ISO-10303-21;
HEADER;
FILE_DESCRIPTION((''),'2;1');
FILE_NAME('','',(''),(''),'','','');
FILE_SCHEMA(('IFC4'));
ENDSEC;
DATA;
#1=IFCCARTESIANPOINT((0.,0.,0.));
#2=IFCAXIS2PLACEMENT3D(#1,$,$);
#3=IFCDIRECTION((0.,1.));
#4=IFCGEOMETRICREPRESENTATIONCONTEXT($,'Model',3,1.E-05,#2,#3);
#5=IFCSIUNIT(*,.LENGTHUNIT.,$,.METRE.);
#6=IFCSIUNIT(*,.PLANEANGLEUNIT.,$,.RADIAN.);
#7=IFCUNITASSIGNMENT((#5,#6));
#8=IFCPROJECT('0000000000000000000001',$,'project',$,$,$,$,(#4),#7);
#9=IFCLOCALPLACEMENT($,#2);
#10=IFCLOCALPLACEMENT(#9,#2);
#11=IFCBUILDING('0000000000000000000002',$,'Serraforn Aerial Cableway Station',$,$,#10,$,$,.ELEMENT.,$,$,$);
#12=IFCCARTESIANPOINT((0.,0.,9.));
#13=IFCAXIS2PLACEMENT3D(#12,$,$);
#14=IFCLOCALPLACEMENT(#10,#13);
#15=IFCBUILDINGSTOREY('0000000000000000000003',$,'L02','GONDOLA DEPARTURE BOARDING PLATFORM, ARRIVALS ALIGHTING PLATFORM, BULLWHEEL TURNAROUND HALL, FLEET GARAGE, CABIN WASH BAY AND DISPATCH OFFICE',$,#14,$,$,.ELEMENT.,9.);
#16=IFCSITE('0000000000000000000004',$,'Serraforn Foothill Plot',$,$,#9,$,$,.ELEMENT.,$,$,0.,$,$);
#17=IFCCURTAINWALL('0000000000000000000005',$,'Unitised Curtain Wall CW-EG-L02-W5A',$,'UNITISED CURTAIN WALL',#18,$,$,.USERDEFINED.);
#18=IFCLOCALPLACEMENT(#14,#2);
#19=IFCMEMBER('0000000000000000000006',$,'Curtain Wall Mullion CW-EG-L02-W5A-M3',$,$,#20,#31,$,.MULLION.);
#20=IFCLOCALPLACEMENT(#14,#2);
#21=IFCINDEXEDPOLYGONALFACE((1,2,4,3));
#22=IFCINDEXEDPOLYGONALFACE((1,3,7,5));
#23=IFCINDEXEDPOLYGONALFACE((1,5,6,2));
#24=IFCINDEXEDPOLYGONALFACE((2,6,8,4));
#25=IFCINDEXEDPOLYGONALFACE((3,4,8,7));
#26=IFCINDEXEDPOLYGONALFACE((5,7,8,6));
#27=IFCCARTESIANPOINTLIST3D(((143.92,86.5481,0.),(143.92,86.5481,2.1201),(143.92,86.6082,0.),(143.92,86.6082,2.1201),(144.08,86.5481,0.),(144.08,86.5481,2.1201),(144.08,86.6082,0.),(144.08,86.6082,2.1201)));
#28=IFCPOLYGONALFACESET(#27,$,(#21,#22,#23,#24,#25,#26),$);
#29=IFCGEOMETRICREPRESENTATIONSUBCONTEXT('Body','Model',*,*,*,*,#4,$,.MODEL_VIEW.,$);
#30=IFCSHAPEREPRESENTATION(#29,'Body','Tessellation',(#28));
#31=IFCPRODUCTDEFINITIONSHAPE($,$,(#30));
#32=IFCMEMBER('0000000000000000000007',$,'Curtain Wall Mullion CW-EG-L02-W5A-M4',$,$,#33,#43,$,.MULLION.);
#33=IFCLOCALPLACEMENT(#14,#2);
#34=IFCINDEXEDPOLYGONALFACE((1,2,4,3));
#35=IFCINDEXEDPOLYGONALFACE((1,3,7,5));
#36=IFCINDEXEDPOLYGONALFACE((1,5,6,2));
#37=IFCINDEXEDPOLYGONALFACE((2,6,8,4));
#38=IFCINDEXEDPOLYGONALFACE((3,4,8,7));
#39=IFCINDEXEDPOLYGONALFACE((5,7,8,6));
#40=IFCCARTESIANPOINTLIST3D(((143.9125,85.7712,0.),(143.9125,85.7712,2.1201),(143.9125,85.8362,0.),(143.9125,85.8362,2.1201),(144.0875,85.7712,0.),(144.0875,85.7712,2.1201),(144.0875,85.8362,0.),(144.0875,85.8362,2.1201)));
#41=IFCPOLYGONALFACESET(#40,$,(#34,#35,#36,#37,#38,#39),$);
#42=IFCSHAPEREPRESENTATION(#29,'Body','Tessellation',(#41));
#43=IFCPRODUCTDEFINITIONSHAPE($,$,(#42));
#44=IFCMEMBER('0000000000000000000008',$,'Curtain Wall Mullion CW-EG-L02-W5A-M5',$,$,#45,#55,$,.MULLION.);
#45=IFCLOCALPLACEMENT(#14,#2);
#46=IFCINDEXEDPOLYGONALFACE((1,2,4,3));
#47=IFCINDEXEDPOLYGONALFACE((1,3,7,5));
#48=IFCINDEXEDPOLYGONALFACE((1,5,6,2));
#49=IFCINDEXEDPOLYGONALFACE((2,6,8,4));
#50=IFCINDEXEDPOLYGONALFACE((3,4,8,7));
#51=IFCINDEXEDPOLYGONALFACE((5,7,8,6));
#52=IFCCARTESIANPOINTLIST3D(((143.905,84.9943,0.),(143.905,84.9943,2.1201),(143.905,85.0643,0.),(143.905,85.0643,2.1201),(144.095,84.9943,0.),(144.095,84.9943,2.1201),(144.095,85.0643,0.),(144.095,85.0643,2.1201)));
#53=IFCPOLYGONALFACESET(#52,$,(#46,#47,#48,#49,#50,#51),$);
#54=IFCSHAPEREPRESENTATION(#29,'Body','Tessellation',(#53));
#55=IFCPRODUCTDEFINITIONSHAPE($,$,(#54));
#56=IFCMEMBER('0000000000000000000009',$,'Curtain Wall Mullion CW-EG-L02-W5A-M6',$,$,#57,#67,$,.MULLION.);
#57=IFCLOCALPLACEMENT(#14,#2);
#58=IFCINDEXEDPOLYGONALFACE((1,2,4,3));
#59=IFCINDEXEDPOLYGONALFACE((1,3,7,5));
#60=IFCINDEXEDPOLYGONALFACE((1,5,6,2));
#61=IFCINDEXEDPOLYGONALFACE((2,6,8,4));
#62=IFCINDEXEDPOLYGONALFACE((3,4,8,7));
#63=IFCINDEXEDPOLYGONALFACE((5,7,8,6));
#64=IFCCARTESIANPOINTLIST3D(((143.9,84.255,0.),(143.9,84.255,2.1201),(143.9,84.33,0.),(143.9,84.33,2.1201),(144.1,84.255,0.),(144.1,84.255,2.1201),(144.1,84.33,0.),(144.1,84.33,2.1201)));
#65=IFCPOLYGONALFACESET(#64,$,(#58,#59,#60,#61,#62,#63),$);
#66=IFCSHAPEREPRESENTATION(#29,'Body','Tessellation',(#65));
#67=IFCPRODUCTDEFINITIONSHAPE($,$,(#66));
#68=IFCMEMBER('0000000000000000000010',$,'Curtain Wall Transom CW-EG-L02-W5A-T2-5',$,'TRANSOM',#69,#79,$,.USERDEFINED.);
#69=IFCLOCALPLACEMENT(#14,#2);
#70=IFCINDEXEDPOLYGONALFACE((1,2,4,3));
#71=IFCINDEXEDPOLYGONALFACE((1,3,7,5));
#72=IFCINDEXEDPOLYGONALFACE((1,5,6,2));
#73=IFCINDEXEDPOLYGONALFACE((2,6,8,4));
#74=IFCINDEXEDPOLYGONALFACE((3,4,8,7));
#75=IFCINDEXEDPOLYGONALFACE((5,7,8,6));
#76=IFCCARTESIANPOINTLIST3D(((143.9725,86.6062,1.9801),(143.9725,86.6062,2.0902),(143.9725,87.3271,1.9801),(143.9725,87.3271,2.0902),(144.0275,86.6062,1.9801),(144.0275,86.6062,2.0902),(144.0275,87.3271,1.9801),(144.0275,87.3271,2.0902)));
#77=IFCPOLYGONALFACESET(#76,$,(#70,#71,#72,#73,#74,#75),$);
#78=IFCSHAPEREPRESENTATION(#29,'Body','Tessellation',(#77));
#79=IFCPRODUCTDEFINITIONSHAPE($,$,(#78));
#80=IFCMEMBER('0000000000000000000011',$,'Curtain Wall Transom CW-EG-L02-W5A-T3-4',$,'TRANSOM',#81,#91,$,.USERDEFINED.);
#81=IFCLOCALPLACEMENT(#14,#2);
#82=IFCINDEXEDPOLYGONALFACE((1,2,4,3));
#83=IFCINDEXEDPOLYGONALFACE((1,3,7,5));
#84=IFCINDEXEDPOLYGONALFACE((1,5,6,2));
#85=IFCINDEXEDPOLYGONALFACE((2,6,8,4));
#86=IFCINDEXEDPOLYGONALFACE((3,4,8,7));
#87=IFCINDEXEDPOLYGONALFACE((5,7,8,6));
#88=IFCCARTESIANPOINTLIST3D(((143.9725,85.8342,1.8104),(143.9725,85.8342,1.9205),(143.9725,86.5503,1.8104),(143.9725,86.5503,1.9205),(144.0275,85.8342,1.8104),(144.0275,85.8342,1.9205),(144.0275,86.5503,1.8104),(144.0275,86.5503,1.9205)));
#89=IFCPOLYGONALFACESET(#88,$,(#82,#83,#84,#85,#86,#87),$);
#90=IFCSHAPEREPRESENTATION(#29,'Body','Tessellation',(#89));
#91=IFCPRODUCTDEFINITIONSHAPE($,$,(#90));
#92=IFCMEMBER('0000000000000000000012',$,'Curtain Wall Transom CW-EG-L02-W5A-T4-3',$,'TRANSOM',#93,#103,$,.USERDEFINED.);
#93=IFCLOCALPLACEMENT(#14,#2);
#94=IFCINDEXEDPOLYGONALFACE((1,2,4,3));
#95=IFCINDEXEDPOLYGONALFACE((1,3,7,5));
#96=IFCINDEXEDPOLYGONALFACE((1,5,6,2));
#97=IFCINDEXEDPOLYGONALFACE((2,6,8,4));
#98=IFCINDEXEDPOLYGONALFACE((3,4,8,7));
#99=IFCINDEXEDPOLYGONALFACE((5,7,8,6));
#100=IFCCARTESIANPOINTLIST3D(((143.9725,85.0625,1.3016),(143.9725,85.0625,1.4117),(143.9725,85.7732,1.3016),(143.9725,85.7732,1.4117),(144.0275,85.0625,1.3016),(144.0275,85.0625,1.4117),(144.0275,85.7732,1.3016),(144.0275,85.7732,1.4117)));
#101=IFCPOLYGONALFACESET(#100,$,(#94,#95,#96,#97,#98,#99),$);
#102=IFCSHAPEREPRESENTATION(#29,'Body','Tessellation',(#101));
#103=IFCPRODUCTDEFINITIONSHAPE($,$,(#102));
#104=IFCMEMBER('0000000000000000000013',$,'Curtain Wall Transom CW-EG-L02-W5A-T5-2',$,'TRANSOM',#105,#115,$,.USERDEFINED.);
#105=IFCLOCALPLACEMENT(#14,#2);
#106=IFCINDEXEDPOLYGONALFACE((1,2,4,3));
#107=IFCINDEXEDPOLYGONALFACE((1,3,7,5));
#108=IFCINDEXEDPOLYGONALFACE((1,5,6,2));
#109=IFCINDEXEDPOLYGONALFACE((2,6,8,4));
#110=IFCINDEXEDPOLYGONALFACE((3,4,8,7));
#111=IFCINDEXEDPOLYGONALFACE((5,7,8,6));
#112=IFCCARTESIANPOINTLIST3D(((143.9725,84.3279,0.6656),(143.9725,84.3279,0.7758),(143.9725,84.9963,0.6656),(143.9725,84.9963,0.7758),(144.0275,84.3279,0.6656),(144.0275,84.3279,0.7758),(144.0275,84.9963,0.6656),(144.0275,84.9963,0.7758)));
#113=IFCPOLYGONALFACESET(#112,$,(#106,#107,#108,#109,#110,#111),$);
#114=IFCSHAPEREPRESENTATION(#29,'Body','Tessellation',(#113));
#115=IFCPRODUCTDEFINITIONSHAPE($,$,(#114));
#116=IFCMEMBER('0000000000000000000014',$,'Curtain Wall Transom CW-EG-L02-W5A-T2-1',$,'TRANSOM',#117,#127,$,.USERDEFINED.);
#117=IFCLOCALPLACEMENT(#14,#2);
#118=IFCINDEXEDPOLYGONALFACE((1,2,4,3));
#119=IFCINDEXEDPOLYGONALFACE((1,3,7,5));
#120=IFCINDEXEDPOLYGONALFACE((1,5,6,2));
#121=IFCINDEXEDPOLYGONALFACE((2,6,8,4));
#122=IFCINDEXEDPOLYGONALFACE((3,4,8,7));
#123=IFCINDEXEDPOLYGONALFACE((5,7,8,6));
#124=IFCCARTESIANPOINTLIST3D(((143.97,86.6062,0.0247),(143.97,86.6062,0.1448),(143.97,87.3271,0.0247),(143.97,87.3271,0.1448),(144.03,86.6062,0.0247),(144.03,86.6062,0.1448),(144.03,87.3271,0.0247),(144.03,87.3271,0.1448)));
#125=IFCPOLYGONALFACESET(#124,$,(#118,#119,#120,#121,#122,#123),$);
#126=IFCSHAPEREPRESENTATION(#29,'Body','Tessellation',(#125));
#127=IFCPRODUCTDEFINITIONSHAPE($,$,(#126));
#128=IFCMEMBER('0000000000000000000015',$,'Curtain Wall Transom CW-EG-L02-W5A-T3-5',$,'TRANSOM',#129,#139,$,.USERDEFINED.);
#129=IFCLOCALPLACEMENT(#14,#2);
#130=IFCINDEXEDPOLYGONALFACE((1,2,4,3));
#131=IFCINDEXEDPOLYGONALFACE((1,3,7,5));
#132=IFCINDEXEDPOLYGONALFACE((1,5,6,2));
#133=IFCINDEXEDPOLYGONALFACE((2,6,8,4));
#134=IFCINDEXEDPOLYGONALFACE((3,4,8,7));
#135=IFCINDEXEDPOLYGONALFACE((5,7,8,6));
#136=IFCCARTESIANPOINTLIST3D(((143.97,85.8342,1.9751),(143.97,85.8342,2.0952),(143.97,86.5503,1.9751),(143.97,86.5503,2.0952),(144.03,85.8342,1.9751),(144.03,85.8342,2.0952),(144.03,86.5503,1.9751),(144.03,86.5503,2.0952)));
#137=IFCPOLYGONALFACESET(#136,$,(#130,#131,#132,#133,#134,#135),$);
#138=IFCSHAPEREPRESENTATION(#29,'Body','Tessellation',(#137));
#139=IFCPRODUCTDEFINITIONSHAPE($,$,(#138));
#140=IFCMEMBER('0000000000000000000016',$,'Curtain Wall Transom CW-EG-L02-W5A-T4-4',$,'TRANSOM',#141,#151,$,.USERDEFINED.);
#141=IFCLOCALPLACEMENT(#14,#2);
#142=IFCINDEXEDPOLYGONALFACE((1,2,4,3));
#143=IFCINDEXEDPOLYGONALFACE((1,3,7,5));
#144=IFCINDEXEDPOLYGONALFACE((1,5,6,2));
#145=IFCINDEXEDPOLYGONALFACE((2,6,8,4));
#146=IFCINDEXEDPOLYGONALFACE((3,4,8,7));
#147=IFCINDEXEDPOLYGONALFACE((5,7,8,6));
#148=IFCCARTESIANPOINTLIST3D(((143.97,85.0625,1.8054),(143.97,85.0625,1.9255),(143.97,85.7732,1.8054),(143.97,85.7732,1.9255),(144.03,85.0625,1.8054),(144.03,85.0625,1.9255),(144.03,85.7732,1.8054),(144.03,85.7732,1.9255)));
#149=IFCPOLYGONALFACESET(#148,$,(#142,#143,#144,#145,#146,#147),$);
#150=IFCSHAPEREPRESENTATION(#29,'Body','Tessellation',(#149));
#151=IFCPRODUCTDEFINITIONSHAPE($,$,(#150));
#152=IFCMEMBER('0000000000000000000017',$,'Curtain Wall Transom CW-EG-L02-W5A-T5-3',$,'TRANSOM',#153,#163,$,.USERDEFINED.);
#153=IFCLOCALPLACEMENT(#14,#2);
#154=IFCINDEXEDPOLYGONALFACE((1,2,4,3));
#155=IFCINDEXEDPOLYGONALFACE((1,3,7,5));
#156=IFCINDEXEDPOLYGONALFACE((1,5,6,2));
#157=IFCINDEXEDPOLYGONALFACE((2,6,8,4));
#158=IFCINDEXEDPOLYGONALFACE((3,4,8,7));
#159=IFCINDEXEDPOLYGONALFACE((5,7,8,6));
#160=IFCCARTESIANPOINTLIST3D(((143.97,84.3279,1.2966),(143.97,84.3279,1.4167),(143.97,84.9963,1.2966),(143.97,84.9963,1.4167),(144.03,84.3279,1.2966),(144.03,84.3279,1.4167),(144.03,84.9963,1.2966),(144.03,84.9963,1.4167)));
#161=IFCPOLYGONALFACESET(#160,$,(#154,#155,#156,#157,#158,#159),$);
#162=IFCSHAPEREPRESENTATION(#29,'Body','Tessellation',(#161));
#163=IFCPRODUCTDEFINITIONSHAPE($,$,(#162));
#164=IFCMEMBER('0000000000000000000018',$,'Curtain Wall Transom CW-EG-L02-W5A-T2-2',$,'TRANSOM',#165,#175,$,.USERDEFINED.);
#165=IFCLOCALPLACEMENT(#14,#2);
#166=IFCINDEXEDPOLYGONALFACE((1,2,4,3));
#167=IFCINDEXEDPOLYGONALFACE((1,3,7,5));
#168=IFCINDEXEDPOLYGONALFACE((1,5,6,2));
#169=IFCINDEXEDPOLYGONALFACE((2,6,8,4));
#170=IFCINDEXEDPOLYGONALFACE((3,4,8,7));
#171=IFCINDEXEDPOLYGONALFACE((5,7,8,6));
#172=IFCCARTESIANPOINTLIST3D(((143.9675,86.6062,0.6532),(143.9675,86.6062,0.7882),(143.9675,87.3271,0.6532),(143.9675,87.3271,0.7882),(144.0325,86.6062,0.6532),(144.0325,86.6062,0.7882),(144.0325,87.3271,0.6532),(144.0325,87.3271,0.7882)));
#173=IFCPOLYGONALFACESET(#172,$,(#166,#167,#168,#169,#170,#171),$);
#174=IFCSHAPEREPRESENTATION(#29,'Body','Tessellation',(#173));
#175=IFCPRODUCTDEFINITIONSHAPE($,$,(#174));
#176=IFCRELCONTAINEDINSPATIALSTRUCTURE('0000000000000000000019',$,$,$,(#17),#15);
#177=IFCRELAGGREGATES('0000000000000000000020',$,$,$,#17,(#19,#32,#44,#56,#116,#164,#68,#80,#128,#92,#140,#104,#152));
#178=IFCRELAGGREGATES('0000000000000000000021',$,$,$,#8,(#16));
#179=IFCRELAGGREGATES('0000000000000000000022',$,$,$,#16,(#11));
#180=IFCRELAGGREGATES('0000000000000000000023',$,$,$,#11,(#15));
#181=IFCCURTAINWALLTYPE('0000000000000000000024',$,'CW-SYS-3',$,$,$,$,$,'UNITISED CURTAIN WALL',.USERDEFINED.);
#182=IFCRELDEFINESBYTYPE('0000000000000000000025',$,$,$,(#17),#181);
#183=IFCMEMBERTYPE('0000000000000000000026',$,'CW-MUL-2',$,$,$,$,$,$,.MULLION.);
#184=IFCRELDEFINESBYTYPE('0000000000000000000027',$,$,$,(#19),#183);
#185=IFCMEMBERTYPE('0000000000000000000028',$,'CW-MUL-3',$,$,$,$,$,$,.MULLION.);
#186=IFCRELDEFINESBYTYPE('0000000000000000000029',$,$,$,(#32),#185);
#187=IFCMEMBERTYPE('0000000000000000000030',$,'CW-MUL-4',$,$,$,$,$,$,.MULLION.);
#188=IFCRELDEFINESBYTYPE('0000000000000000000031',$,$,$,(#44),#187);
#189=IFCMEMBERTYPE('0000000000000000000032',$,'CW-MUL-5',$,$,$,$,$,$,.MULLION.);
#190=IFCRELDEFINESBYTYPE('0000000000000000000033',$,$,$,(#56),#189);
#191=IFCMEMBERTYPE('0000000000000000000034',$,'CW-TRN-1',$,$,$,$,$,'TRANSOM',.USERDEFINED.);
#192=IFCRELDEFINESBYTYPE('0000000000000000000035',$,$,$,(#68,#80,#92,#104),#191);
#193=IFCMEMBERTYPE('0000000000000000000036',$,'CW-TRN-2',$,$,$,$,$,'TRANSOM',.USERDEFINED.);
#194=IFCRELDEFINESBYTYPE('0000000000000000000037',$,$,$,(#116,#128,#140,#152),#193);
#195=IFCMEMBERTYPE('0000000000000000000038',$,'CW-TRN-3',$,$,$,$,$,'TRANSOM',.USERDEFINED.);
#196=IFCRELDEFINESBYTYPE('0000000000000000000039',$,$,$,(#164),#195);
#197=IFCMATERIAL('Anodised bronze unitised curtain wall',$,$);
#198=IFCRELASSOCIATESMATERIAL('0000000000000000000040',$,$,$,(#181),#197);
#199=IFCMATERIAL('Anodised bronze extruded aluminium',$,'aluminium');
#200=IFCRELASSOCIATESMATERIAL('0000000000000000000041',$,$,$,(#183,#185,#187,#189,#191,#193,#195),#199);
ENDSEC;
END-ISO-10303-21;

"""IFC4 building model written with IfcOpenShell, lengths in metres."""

from ifc_helpers import new_model, si_unit, direction, frame, origin, origin_2d, place, context, subcontext, project, spatial, rectangle, extrude, material, material_profile, profile_set, type_object, element, aggregate, save


model = new_model("IFC4")

# Units and contexts
model_context = context("Model", 3, precision=1e-05, world=origin(), true_north=direction((0.0, 1.0)))
body_context = subcontext(model_context, "Body", "Model", "MODEL_VIEW")
ifc_project = project(units=[si_unit("LENGTHUNIT", "METRE"), si_unit("PLANEANGLEUNIT", "RADIAN")], contexts=[model_context])

# Site, building, storey
site_placement = place(None, origin())
site = spatial("IfcSite", under=ifc_project, at=site_placement, Name="Serraforn Foothill Plot", CompositionType="ELEMENT", RefElevation=0.0)
building_placement = place(site_placement, origin())
building = spatial("IfcBuilding", under=site, at=building_placement, Name="Serraforn Aerial Cableway Station", CompositionType="ELEMENT")
storey_placement = place(building_placement, frame((0.0, 0.0, 9.0)))
storey = spatial("IfcBuildingStorey", under=building, at=storey_placement, Name="L02", Description="GONDOLA DEPARTURE BOARDING PLATFORM, ARRIVALS ALIGHTING PLATFORM, BULLWHEEL TURNAROUND HALL, FLEET GARAGE, CABIN WASH BAY AND DISPATCH OFFICE", CompositionType="ELEMENT", Elevation=9.0)

# Curtain wall, members
ifc_material_1 = material(Name="Anodised bronze unitised curtain wall")
curtain_wall_type = type_object("IfcCurtainWallType", Name="CW-SYS-3", ElementType="UNITISED CURTAIN WALL", PredefinedType="USERDEFINED", material=ifc_material_1)
curtain_wall_placement = place(storey_placement, origin())
curtain_wall = element("IfcCurtainWall", 1, at=curtain_wall_placement, inside=storey, type_object=curtain_wall_type, Name="Unitised Curtain Wall CW-EG-L02-W5A", ObjectType="UNITISED CURTAIN WALL", PredefinedType="USERDEFINED")
ifc_material_2 = material(Name="Anodised bronze extruded aluminium", Category="aluminium")
ifc_material_profile_1 = material_profile(ifc_material_2, rectangle(XDim=0.0601, YDim=0.1599, at=origin_2d()), Name="CW MULLION 60x160")
ifc_profile_set_1 = profile_set([ifc_material_profile_1], Name="Anodised bronze extruded aluminium")
member_type_1 = type_object("IfcMemberType", Name="CW-MUL-2", PredefinedType="MULLION", material=ifc_profile_set_1)
member_1_placement = place(storey_placement, frame((144.0, 86.5781, 0.0), z_axis=(0.0, 0.0, 1.0), x_axis=(0.0, -1.0, 0.0)))
member_1 = element("IfcMember", 2, at=member_1_placement, type_object=member_type_1, Name="Curtain Wall Mullion CW-EG-L02-W5A-M3", PredefinedType="MULLION", context=body_context, shape_type="SweptSolid", body=[
    extrude(rectangle(XDim=0.0601, YDim=0.1599, at=origin_2d()), origin(), (0.0, 0.0, 1.0), 2.1201),
])
ifc_material_profile_2 = material_profile(ifc_material_2, rectangle(XDim=0.0649, YDim=0.175, at=origin_2d()), Name="CW MULLION 65x175")
ifc_profile_set_2 = profile_set([ifc_material_profile_2], Name="Anodised bronze extruded aluminium")
member_type_2 = type_object("IfcMemberType", Name="CW-MUL-3", PredefinedType="MULLION", material=ifc_profile_set_2)
member_2_placement = place(storey_placement, frame((144.0, 85.8037, 0.0), z_axis=(0.0, 0.0, 1.0), x_axis=(0.0, -1.0, 0.0)))
member_2 = element("IfcMember", 3, at=member_2_placement, type_object=member_type_2, Name="Curtain Wall Mullion CW-EG-L02-W5A-M4", PredefinedType="MULLION", context=body_context, shape_type="SweptSolid", body=[
    extrude(rectangle(XDim=0.0649, YDim=0.175, at=origin_2d()), origin(), (0.0, 0.0, 1.0), 2.1201),
])
ifc_material_profile_3 = material_profile(ifc_material_2, rectangle(XDim=0.0701, YDim=0.1899, at=origin_2d()), Name="CW MULLION 70x190")
ifc_profile_set_3 = profile_set([ifc_material_profile_3], Name="Anodised bronze extruded aluminium")
member_type_3 = type_object("IfcMemberType", Name="CW-MUL-4", PredefinedType="MULLION", material=ifc_profile_set_3)
member_3_placement = place(storey_placement, frame((144.0, 85.0293, 0.0), z_axis=(0.0, 0.0, 1.0), x_axis=(0.0, -1.0, 0.0)))
member_3 = element("IfcMember", 4, at=member_3_placement, type_object=member_type_3, Name="Curtain Wall Mullion CW-EG-L02-W5A-M5", PredefinedType="MULLION", context=body_context, shape_type="SweptSolid", body=[
    extrude(rectangle(XDim=0.0701, YDim=0.1899, at=origin_2d()), origin(), (0.0, 0.0, 1.0), 2.1201),
])
ifc_material_profile_4 = material_profile(ifc_material_2, rectangle(XDim=0.075, YDim=0.2, at=origin_2d()), Name="CW MULLION 75x200")
ifc_profile_set_4 = profile_set([ifc_material_profile_4], Name="Anodised bronze extruded aluminium")
member_type_4 = type_object("IfcMemberType", Name="CW-MUL-5", PredefinedType="MULLION", material=ifc_profile_set_4)
member_4_placement = place(storey_placement, frame((144.0, 84.2925, 0.0), z_axis=(0.0, 0.0, 1.0), x_axis=(0.0, -1.0, 0.0)))
member_4 = element("IfcMember", 5, at=member_4_placement, type_object=member_type_4, Name="Curtain Wall Mullion CW-EG-L02-W5A-M6", PredefinedType="MULLION", context=body_context, shape_type="SweptSolid", body=[
    extrude(rectangle(XDim=0.075, YDim=0.2, at=origin_2d()), origin(), (0.0, 0.0, 1.0), 2.1201),
])
ifc_material_profile_5 = material_profile(ifc_material_2, rectangle(XDim=0.0549, YDim=0.1101, at=origin_2d()), Name="CW TRANSOM 55x110")
ifc_profile_set_5 = profile_set([ifc_material_profile_5], Name="Anodised bronze extruded aluminium")
member_type_5 = type_object("IfcMemberType", Name="CW-TRN-1", ElementType="TRANSOM", PredefinedType="USERDEFINED", material=ifc_profile_set_5)
member_5_placement = place(storey_placement, frame((144.0, 87.3271, 2.0352), z_axis=(0.0, -1.0, 0.0), x_axis=(1.0, 0.0, 0.0)))
member_5 = element("IfcMember", 6, at=member_5_placement, type_object=member_type_5, Name="Curtain Wall Transom CW-EG-L02-W5A-T2-5", ObjectType="TRANSOM", PredefinedType="USERDEFINED", context=body_context, shape_type="SweptSolid", body=[
    extrude(rectangle(XDim=0.0549, YDim=0.1101, at=origin_2d()), origin(), (0.0, 0.0, 1.0), 0.7209),
])
member_6_placement = place(storey_placement, frame((144.0, 86.5503, 1.8655), z_axis=(0.0, -1.0, 0.0), x_axis=(1.0, 0.0, 0.0)))
member_6 = element("IfcMember", 7, at=member_6_placement, type_object=member_type_5, Name="Curtain Wall Transom CW-EG-L02-W5A-T3-4", ObjectType="TRANSOM", PredefinedType="USERDEFINED", context=body_context, shape_type="SweptSolid", body=[
    extrude(rectangle(XDim=0.0549, YDim=0.1101, at=origin_2d()), origin(), (0.0, 0.0, 1.0), 0.7161),
])
member_7_placement = place(storey_placement, frame((144.0, 85.7732, 1.3567), z_axis=(0.0, -1.0, 0.0), x_axis=(1.0, 0.0, 0.0)))
member_7 = element("IfcMember", 8, at=member_7_placement, type_object=member_type_5, Name="Curtain Wall Transom CW-EG-L02-W5A-T4-3", ObjectType="TRANSOM", PredefinedType="USERDEFINED", context=body_context, shape_type="SweptSolid", body=[
    extrude(rectangle(XDim=0.0549, YDim=0.1101, at=origin_2d()), origin(), (0.0, 0.0, 1.0), 0.7107),
])
member_8_placement = place(storey_placement, frame((144.0, 84.9963, 0.7207), z_axis=(0.0, -1.0, 0.0), x_axis=(1.0, 0.0, 0.0)))
member_8 = element("IfcMember", 9, at=member_8_placement, type_object=member_type_5, Name="Curtain Wall Transom CW-EG-L02-W5A-T5-2", ObjectType="TRANSOM", PredefinedType="USERDEFINED", context=body_context, shape_type="SweptSolid", body=[
    extrude(rectangle(XDim=0.0549, YDim=0.1101, at=origin_2d()), origin(), (0.0, 0.0, 1.0), 0.6685),
])
ifc_material_profile_6 = material_profile(ifc_material_2, rectangle(XDim=0.0601, YDim=0.1201, at=origin_2d()), Name="CW TRANSOM 60x120")
ifc_profile_set_6 = profile_set([ifc_material_profile_6], Name="Anodised bronze extruded aluminium")
member_type_6 = type_object("IfcMemberType", Name="CW-TRN-2", ElementType="TRANSOM", PredefinedType="USERDEFINED", material=ifc_profile_set_6)
member_9_placement = place(storey_placement, frame((144.0, 87.3271, 0.0847), z_axis=(0.0, -1.0, 0.0), x_axis=(1.0, 0.0, 0.0)))
member_9 = element("IfcMember", 10, at=member_9_placement, type_object=member_type_6, Name="Curtain Wall Transom CW-EG-L02-W5A-T2-1", ObjectType="TRANSOM", PredefinedType="USERDEFINED", context=body_context, shape_type="SweptSolid", body=[
    extrude(rectangle(XDim=0.0601, YDim=0.1201, at=origin_2d()), origin(), (0.0, 0.0, 1.0), 0.7209),
])
member_10_placement = place(storey_placement, frame((144.0, 86.5503, 2.0352), z_axis=(0.0, -1.0, 0.0), x_axis=(1.0, 0.0, 0.0)))
member_10 = element("IfcMember", 11, at=member_10_placement, type_object=member_type_6, Name="Curtain Wall Transom CW-EG-L02-W5A-T3-5", ObjectType="TRANSOM", PredefinedType="USERDEFINED", context=body_context, shape_type="SweptSolid", body=[
    extrude(rectangle(XDim=0.0601, YDim=0.1201, at=origin_2d()), origin(), (0.0, 0.0, 1.0), 0.7161),
])
member_11_placement = place(storey_placement, frame((144.0, 85.7732, 1.8655), z_axis=(0.0, -1.0, 0.0), x_axis=(1.0, 0.0, 0.0)))
member_11 = element("IfcMember", 12, at=member_11_placement, type_object=member_type_6, Name="Curtain Wall Transom CW-EG-L02-W5A-T4-4", ObjectType="TRANSOM", PredefinedType="USERDEFINED", context=body_context, shape_type="SweptSolid", body=[
    extrude(rectangle(XDim=0.0601, YDim=0.1201, at=origin_2d()), origin(), (0.0, 0.0, 1.0), 0.7107),
])
member_12_placement = place(storey_placement, frame((144.0, 84.9963, 1.3567), z_axis=(0.0, -1.0, 0.0), x_axis=(1.0, 0.0, 0.0)))
member_12 = element("IfcMember", 13, at=member_12_placement, type_object=member_type_6, Name="Curtain Wall Transom CW-EG-L02-W5A-T5-3", ObjectType="TRANSOM", PredefinedType="USERDEFINED", context=body_context, shape_type="SweptSolid", body=[
    extrude(rectangle(XDim=0.0601, YDim=0.1201, at=origin_2d()), origin(), (0.0, 0.0, 1.0), 0.6685),
])
ifc_material_profile_7 = material_profile(ifc_material_2, rectangle(XDim=0.0649, YDim=0.135, at=origin_2d()), Name="CW TRANSOM 65x135")
ifc_profile_set_7 = profile_set([ifc_material_profile_7], Name="Anodised bronze extruded aluminium")
member_type_7 = type_object("IfcMemberType", Name="CW-TRN-3", ElementType="TRANSOM", PredefinedType="USERDEFINED", material=ifc_profile_set_7)
member_13_placement = place(storey_placement, frame((144.0, 87.3271, 0.7207), z_axis=(0.0, -1.0, 0.0), x_axis=(1.0, 0.0, 0.0)))
member_13 = element("IfcMember", 14, at=member_13_placement, type_object=member_type_7, Name="Curtain Wall Transom CW-EG-L02-W5A-T2-2", ObjectType="TRANSOM", PredefinedType="USERDEFINED", context=body_context, shape_type="SweptSolid", body=[
    extrude(rectangle(XDim=0.0649, YDim=0.135, at=origin_2d()), origin(), (0.0, 0.0, 1.0), 0.7209),
])
aggregate(curtain_wall, [member_1, member_2, member_3, member_4, member_9, member_13, member_5, member_6, member_10, member_7, member_11, member_8, member_12])

save(model, "model.ifc")
